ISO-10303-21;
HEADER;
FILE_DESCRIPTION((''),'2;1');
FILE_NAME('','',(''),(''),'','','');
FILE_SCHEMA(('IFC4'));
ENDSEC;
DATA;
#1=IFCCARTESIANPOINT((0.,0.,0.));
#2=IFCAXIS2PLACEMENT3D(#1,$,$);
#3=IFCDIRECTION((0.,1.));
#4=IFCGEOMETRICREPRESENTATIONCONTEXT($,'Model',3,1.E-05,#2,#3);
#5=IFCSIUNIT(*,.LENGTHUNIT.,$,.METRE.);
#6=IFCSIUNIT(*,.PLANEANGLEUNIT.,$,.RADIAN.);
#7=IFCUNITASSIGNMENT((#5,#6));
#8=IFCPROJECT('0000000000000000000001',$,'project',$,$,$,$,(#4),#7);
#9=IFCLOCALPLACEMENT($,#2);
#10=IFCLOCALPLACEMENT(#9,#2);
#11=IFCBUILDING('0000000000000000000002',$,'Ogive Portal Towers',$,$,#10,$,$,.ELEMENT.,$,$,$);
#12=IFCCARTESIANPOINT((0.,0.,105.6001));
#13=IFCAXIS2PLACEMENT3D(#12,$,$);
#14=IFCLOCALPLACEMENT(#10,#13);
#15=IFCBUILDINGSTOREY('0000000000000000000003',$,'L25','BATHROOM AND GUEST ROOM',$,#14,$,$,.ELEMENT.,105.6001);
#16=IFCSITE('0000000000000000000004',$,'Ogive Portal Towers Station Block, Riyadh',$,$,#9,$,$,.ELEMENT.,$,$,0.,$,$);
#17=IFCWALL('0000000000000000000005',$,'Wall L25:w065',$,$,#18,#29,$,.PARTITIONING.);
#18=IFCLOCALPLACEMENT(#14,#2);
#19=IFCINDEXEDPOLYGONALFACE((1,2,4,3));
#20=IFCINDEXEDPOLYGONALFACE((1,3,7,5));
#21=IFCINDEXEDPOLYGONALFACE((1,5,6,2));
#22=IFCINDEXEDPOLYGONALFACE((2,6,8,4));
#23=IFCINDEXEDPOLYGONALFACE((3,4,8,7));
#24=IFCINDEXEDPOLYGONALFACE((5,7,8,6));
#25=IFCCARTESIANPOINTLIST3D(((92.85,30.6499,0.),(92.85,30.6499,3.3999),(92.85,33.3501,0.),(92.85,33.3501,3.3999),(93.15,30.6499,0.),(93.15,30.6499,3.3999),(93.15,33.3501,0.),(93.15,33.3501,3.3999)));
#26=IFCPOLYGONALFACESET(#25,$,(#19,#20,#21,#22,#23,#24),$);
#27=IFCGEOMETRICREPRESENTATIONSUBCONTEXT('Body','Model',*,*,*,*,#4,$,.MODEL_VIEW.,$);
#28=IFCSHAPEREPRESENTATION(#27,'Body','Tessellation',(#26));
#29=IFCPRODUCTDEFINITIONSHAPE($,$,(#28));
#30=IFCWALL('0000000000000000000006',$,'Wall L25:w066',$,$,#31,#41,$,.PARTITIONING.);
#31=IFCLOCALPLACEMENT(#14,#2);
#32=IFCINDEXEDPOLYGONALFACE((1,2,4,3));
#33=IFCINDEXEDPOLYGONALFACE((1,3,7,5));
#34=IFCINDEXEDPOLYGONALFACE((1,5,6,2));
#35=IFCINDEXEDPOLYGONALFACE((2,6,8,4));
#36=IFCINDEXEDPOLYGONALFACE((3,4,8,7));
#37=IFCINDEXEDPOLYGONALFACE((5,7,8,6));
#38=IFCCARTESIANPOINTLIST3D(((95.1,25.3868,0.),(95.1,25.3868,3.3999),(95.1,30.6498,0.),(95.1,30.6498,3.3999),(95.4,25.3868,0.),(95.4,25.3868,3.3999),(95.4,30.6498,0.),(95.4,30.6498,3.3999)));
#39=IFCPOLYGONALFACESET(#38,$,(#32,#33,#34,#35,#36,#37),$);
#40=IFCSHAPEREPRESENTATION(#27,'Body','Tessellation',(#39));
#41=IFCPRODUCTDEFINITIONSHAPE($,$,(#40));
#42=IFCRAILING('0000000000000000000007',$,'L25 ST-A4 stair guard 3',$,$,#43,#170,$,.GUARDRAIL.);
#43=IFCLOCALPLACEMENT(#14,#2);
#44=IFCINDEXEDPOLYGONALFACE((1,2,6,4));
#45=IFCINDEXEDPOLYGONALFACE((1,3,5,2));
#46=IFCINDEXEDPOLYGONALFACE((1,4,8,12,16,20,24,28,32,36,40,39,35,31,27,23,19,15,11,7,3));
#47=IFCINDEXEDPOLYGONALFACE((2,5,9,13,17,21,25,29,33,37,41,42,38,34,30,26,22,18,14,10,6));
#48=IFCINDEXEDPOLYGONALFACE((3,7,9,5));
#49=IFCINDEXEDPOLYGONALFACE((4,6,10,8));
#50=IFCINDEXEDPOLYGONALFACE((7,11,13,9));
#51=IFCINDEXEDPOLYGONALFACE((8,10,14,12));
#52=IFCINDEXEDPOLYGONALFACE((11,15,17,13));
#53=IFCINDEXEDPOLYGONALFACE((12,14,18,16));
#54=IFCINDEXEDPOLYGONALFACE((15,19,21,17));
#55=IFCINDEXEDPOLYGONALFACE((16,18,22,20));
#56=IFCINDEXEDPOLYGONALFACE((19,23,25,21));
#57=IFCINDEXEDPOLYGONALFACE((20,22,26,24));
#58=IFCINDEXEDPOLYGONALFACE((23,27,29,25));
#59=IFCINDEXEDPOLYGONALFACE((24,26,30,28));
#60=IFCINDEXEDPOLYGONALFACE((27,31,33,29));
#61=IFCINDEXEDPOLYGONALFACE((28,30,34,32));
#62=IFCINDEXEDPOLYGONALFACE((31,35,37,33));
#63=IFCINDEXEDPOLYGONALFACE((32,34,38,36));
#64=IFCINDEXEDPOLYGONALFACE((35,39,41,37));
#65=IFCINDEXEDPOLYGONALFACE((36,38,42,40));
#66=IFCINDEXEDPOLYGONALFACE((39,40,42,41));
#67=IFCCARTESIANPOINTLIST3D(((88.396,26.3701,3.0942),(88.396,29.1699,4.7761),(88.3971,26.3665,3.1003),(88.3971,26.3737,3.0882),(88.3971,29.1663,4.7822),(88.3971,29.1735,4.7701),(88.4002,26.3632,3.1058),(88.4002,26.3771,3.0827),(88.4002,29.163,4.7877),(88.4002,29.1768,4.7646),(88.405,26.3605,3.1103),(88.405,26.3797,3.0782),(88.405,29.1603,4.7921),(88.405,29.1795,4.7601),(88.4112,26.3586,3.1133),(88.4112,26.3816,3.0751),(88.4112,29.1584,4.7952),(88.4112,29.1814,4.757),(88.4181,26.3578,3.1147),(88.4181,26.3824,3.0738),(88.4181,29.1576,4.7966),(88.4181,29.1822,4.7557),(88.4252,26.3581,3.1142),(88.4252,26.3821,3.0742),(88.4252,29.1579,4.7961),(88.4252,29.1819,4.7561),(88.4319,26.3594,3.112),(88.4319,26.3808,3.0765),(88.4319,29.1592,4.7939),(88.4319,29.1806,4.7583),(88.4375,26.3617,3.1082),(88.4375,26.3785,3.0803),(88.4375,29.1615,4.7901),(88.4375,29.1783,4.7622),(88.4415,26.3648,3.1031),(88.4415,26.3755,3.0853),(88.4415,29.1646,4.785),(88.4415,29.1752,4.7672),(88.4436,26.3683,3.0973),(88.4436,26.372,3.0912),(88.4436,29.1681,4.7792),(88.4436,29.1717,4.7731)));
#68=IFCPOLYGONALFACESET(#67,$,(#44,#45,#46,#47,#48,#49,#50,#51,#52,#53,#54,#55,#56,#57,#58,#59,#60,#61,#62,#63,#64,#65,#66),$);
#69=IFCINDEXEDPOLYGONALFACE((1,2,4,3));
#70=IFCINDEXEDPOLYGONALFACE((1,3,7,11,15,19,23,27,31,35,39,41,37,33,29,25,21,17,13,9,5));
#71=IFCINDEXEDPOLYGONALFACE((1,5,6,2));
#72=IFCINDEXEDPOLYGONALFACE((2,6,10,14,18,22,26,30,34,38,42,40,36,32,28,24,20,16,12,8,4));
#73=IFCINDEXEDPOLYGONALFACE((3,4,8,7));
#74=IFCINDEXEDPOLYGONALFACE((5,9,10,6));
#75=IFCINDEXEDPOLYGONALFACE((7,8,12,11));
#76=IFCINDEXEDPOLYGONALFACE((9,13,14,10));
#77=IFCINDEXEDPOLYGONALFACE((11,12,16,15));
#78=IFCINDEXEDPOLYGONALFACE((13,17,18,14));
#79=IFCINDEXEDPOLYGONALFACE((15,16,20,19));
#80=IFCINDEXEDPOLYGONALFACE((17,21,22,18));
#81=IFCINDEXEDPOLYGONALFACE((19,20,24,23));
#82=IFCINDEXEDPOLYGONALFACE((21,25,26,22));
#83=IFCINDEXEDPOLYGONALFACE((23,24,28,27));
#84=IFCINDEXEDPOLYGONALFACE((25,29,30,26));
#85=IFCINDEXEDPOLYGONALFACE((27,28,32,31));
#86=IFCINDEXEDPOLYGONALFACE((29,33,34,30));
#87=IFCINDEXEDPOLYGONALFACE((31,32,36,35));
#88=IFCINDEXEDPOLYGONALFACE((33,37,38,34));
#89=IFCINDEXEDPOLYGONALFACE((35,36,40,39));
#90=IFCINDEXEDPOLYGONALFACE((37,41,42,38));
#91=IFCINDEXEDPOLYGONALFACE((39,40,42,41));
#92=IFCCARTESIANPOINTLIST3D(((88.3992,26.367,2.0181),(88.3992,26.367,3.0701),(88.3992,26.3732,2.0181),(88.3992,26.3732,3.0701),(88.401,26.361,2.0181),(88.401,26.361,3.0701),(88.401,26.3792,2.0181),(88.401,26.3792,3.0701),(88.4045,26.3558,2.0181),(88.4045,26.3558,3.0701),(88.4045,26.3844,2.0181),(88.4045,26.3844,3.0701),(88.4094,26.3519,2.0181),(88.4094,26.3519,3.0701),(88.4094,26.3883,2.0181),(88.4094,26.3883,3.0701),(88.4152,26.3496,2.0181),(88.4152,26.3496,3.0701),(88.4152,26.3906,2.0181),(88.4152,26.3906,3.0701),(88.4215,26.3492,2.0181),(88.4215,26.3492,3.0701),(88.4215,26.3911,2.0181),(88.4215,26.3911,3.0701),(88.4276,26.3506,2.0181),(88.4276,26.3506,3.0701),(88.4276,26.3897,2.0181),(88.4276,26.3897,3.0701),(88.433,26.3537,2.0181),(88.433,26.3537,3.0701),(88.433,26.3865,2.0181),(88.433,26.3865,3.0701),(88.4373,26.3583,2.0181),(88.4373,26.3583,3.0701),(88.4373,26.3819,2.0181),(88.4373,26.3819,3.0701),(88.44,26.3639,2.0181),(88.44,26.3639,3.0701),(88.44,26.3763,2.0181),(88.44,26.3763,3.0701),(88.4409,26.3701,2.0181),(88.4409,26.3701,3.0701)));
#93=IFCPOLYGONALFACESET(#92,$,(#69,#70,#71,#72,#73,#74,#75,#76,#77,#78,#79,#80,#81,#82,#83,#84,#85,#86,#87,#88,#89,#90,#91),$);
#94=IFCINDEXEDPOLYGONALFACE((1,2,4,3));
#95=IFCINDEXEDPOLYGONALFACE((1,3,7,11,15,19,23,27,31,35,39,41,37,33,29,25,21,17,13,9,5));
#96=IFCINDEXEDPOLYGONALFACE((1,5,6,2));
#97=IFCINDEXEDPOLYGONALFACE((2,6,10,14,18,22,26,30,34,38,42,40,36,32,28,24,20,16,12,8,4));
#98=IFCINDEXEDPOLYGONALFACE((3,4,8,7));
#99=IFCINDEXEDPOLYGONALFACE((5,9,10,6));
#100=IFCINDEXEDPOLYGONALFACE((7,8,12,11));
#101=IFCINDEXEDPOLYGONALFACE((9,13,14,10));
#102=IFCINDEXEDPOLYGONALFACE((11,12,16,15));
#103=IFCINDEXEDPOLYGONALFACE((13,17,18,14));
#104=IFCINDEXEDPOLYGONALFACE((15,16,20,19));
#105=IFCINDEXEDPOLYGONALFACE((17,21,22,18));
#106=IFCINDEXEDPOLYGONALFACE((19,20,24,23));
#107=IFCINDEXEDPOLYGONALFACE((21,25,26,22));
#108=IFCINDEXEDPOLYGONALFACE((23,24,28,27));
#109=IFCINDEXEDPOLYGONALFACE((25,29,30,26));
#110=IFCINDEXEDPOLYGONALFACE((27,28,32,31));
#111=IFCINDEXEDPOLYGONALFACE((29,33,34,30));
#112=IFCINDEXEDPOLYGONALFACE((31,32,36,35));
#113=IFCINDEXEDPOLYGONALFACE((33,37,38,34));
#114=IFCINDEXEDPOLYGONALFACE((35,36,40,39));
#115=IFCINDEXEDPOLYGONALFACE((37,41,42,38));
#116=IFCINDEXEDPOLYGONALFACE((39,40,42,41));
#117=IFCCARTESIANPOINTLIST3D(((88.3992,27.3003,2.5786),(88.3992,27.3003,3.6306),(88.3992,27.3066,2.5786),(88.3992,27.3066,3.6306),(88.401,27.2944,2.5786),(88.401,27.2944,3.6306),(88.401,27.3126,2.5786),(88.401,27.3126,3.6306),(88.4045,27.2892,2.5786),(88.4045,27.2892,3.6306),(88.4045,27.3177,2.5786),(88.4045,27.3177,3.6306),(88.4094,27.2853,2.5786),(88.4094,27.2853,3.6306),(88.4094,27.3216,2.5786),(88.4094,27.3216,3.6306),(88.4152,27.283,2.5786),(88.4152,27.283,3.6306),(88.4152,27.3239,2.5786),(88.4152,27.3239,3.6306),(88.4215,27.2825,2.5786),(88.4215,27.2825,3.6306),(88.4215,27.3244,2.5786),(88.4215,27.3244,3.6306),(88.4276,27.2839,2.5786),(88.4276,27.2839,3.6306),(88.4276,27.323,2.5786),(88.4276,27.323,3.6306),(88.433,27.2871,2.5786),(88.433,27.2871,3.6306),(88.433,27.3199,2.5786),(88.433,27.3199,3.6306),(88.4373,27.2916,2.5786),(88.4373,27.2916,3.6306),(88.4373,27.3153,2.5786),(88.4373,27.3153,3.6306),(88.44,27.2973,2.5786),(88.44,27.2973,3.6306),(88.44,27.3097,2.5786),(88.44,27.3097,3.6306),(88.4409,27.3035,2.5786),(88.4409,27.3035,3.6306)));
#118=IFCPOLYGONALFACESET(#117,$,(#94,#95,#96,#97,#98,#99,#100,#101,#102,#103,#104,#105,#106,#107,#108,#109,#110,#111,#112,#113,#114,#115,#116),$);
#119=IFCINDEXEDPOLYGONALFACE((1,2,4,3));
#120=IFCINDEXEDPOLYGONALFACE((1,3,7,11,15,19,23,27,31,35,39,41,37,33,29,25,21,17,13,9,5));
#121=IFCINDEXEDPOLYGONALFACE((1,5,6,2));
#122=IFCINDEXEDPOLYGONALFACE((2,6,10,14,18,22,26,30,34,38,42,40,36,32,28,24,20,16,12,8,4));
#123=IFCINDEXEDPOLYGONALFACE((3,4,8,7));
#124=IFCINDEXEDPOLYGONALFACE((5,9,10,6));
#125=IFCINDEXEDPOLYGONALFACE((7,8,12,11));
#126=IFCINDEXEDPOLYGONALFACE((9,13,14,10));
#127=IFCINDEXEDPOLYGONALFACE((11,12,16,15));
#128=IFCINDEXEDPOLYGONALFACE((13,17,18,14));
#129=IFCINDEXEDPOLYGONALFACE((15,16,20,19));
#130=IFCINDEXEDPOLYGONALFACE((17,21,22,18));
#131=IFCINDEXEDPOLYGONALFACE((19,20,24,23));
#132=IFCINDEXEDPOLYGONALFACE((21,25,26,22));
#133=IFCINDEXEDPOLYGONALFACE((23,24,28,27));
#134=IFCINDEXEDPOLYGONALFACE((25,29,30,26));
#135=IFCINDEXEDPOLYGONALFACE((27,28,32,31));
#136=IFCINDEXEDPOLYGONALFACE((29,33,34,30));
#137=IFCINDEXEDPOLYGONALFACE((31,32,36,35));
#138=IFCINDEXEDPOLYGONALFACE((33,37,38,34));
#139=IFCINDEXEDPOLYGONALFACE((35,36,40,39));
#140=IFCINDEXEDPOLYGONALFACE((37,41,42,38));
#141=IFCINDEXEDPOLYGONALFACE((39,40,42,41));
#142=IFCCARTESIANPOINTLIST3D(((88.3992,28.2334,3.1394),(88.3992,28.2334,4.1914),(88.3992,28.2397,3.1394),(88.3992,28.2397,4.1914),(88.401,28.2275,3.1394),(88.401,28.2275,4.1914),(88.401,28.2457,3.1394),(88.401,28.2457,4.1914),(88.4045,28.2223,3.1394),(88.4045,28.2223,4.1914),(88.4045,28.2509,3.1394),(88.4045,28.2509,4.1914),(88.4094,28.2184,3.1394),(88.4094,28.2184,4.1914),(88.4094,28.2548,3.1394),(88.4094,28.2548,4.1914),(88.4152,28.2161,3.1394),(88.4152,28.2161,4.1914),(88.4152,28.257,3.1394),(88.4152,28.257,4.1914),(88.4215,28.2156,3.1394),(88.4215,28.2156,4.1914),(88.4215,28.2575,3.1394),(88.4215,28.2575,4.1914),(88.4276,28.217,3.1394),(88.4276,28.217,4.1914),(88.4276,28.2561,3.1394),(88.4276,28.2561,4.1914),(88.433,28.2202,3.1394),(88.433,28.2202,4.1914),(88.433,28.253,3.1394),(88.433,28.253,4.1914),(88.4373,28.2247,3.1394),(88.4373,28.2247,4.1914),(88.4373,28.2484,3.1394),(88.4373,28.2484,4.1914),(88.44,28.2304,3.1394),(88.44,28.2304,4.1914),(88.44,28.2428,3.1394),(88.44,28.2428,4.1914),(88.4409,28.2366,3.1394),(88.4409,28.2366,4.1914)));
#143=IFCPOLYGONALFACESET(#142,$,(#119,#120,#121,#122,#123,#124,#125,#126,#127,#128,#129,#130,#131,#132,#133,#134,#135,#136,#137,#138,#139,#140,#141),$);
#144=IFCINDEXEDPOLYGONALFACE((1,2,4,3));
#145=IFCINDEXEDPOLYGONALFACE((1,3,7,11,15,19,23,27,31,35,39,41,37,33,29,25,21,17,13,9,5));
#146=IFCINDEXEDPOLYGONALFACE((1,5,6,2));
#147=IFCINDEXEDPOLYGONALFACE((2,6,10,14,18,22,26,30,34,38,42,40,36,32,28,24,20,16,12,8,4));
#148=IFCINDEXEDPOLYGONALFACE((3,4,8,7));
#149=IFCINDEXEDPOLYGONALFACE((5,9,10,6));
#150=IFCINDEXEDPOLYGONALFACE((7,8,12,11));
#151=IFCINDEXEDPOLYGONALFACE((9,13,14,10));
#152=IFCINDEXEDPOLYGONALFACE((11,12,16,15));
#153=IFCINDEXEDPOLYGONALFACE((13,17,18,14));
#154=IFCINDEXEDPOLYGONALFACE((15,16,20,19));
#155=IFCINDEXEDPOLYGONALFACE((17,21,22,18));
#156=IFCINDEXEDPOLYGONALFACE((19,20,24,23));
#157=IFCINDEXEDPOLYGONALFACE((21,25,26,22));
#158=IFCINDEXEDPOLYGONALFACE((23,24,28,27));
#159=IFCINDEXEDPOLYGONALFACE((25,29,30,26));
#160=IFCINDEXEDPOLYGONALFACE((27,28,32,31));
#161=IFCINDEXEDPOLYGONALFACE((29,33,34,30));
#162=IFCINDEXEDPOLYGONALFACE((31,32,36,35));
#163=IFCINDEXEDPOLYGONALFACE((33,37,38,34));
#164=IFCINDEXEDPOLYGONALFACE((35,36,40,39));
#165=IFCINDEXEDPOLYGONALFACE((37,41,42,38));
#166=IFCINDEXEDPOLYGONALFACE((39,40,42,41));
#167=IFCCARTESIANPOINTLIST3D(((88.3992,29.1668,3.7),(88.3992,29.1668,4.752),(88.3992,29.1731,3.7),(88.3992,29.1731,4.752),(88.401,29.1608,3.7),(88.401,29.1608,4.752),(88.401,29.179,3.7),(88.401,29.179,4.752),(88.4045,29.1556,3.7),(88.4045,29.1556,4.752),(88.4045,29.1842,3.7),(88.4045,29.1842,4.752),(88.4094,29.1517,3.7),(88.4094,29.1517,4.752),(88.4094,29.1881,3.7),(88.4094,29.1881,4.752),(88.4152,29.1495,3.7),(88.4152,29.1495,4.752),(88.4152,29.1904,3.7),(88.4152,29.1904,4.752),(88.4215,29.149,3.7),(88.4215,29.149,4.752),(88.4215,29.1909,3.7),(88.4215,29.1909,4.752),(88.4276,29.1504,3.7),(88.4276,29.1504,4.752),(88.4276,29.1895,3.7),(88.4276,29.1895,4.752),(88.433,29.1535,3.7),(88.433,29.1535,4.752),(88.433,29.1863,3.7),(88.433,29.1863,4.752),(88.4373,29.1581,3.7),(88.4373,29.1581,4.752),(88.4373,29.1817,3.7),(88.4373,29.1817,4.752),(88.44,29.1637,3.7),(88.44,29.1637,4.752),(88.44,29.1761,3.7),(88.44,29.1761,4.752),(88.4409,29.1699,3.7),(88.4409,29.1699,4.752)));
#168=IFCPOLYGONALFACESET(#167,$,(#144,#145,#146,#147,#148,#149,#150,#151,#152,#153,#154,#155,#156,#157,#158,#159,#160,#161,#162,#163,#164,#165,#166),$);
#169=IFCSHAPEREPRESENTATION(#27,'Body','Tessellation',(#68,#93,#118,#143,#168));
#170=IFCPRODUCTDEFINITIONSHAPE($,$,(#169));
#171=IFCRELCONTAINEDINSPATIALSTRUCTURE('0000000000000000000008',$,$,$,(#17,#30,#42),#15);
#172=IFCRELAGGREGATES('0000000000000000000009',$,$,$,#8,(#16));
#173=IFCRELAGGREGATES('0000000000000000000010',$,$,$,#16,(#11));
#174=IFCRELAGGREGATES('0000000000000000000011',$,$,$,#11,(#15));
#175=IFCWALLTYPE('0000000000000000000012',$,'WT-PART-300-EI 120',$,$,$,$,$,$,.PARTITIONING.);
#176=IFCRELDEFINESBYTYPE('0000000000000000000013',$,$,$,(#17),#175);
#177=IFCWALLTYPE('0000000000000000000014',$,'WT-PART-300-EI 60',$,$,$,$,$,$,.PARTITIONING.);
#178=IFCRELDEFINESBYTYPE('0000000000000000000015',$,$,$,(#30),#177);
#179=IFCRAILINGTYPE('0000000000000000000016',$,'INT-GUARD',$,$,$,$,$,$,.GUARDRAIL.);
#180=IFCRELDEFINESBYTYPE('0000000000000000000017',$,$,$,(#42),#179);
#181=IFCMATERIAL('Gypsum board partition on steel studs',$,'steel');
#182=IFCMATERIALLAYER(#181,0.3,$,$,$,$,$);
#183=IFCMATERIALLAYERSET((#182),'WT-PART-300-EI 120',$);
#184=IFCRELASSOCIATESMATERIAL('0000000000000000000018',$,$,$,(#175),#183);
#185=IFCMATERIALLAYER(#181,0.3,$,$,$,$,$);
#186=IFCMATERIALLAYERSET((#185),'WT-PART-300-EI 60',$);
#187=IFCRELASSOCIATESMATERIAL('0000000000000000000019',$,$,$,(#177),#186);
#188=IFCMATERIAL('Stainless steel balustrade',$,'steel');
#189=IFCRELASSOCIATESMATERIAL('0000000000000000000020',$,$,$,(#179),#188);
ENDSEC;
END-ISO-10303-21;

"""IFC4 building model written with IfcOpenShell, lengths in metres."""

from ifc_helpers import new_model, si_unit, direction, frame, frame_2d, origin, origin_2d, place, context, subcontext, project, spatial, rectangle, circle, extrude, material, layer, layer_set, type_object, element, save


model = new_model("IFC4")

# Units and contexts
model_context = context("Model", 3, precision=1e-05, world=origin(), true_north=direction((0.0, 1.0)))
body_context = subcontext(model_context, "Body", "Model", "MODEL_VIEW")
ifc_project = project(units=[si_unit("LENGTHUNIT", "METRE"), si_unit("PLANEANGLEUNIT", "RADIAN")], contexts=[model_context])

# Site, building, storey
site_placement = place(None, origin())
site = spatial("IfcSite", under=ifc_project, at=site_placement, Name="Ogive Portal Towers Station Block, Riyadh", CompositionType="ELEMENT", RefElevation=0.0)
building_placement = place(site_placement, origin())
building = spatial("IfcBuilding", under=site, at=building_placement, Name="Ogive Portal Towers", CompositionType="ELEMENT")
storey_placement = place(building_placement, frame((0.0, 0.0, 105.6001)))
storey = spatial("IfcBuildingStorey", under=building, at=storey_placement, Name="L25", Description="BATHROOM AND GUEST ROOM", CompositionType="ELEMENT", Elevation=105.6001)

# Walls
ifc_material_1 = material(Name="Gypsum board partition on steel studs", Category="steel")
ifc_layer_1 = layer(ifc_material_1, 0.3)
ifc_layer_set_1 = layer_set([ifc_layer_1], Name="WT-PART-300-EI 120")
wall_type_1 = type_object("IfcWallType", Name="WT-PART-300-EI 120", PredefinedType="PARTITIONING", material=ifc_layer_set_1)
wall_1_placement = place(storey_placement, frame((93.0, 30.6499, 0.0), z_axis=(0.0, 0.0, 1.0), x_axis=(0.0, 1.0, 0.0)))
element("IfcWall", 1, at=wall_1_placement, inside=storey, type_object=wall_type_1, Name="Wall L25:w065", PredefinedType="PARTITIONING", context=body_context, shape_type="SweptSolid", body=[
    extrude(rectangle(XDim=2.7002, YDim=0.3, at=frame_2d((1.3501, 0.0))), origin(), (0.0, 0.0, 1.0), 3.3999),
])
ifc_layer_2 = layer(ifc_material_1, 0.3)
ifc_layer_set_2 = layer_set([ifc_layer_2], Name="WT-PART-300-EI 60")
wall_type_2 = type_object("IfcWallType", Name="WT-PART-300-EI 60", PredefinedType="PARTITIONING", material=ifc_layer_set_2)
wall_2_placement = place(storey_placement, frame((95.25, 25.387, 0.0), z_axis=(0.0, 0.0, 1.0), x_axis=(0.0, 1.0, 0.0)))
element("IfcWall", 2, at=wall_2_placement, inside=storey, type_object=wall_type_2, Name="Wall L25:w066", PredefinedType="PARTITIONING", context=body_context, shape_type="SweptSolid", body=[
    extrude(rectangle(XDim=5.2629, YDim=0.3, at=frame_2d((2.6313, 0.0))), origin(), (0.0, 0.0, 1.0), 3.3999),
])

# Railing
ifc_material_2 = material(Name="Stainless steel balustrade", Category="steel")
railing_type_1 = type_object("IfcRailingType", Name="INT-GUARD", PredefinedType="GUARDRAIL", material=ifc_material_2)
railing_1_placement = place(storey_placement, frame((88.4199, 26.3701, 2.0181)))
element("IfcRailing", 3, at=railing_1_placement, inside=storey, type_object=railing_type_1, Name="L25 ST-A4 stair guard 3", PredefinedType="GUARDRAIL", context=body_context, shape_type="SweptSolid", body=[
    extrude(circle(Radius=0.0239, at=origin_2d()), frame((0.0, 0.0, 1.0762), z_axis=(0.0, 0.857222, 0.514946), x_axis=(-1.0, 0.0, 0.0)), (0.0, 0.0, 1.0), 3.2661),
    extrude(circle(Radius=0.021, at=origin_2d()), origin(), (0.0, 0.0, 1.0), 1.052),
    extrude(circle(Radius=0.021, at=origin_2d()), frame((0.0, 0.9333, 0.5605)), (0.0, 0.0, 1.0), 1.052),
    extrude(circle(Radius=0.021, at=origin_2d()), frame((0.0, 1.8665, 1.1213)), (0.0, 0.0, 1.0), 1.052),
    extrude(circle(Radius=0.021, at=origin_2d()), frame((0.0, 2.7998, 1.6819)), (0.0, 0.0, 1.0), 1.052),
])

save(model, "model.ifc")
